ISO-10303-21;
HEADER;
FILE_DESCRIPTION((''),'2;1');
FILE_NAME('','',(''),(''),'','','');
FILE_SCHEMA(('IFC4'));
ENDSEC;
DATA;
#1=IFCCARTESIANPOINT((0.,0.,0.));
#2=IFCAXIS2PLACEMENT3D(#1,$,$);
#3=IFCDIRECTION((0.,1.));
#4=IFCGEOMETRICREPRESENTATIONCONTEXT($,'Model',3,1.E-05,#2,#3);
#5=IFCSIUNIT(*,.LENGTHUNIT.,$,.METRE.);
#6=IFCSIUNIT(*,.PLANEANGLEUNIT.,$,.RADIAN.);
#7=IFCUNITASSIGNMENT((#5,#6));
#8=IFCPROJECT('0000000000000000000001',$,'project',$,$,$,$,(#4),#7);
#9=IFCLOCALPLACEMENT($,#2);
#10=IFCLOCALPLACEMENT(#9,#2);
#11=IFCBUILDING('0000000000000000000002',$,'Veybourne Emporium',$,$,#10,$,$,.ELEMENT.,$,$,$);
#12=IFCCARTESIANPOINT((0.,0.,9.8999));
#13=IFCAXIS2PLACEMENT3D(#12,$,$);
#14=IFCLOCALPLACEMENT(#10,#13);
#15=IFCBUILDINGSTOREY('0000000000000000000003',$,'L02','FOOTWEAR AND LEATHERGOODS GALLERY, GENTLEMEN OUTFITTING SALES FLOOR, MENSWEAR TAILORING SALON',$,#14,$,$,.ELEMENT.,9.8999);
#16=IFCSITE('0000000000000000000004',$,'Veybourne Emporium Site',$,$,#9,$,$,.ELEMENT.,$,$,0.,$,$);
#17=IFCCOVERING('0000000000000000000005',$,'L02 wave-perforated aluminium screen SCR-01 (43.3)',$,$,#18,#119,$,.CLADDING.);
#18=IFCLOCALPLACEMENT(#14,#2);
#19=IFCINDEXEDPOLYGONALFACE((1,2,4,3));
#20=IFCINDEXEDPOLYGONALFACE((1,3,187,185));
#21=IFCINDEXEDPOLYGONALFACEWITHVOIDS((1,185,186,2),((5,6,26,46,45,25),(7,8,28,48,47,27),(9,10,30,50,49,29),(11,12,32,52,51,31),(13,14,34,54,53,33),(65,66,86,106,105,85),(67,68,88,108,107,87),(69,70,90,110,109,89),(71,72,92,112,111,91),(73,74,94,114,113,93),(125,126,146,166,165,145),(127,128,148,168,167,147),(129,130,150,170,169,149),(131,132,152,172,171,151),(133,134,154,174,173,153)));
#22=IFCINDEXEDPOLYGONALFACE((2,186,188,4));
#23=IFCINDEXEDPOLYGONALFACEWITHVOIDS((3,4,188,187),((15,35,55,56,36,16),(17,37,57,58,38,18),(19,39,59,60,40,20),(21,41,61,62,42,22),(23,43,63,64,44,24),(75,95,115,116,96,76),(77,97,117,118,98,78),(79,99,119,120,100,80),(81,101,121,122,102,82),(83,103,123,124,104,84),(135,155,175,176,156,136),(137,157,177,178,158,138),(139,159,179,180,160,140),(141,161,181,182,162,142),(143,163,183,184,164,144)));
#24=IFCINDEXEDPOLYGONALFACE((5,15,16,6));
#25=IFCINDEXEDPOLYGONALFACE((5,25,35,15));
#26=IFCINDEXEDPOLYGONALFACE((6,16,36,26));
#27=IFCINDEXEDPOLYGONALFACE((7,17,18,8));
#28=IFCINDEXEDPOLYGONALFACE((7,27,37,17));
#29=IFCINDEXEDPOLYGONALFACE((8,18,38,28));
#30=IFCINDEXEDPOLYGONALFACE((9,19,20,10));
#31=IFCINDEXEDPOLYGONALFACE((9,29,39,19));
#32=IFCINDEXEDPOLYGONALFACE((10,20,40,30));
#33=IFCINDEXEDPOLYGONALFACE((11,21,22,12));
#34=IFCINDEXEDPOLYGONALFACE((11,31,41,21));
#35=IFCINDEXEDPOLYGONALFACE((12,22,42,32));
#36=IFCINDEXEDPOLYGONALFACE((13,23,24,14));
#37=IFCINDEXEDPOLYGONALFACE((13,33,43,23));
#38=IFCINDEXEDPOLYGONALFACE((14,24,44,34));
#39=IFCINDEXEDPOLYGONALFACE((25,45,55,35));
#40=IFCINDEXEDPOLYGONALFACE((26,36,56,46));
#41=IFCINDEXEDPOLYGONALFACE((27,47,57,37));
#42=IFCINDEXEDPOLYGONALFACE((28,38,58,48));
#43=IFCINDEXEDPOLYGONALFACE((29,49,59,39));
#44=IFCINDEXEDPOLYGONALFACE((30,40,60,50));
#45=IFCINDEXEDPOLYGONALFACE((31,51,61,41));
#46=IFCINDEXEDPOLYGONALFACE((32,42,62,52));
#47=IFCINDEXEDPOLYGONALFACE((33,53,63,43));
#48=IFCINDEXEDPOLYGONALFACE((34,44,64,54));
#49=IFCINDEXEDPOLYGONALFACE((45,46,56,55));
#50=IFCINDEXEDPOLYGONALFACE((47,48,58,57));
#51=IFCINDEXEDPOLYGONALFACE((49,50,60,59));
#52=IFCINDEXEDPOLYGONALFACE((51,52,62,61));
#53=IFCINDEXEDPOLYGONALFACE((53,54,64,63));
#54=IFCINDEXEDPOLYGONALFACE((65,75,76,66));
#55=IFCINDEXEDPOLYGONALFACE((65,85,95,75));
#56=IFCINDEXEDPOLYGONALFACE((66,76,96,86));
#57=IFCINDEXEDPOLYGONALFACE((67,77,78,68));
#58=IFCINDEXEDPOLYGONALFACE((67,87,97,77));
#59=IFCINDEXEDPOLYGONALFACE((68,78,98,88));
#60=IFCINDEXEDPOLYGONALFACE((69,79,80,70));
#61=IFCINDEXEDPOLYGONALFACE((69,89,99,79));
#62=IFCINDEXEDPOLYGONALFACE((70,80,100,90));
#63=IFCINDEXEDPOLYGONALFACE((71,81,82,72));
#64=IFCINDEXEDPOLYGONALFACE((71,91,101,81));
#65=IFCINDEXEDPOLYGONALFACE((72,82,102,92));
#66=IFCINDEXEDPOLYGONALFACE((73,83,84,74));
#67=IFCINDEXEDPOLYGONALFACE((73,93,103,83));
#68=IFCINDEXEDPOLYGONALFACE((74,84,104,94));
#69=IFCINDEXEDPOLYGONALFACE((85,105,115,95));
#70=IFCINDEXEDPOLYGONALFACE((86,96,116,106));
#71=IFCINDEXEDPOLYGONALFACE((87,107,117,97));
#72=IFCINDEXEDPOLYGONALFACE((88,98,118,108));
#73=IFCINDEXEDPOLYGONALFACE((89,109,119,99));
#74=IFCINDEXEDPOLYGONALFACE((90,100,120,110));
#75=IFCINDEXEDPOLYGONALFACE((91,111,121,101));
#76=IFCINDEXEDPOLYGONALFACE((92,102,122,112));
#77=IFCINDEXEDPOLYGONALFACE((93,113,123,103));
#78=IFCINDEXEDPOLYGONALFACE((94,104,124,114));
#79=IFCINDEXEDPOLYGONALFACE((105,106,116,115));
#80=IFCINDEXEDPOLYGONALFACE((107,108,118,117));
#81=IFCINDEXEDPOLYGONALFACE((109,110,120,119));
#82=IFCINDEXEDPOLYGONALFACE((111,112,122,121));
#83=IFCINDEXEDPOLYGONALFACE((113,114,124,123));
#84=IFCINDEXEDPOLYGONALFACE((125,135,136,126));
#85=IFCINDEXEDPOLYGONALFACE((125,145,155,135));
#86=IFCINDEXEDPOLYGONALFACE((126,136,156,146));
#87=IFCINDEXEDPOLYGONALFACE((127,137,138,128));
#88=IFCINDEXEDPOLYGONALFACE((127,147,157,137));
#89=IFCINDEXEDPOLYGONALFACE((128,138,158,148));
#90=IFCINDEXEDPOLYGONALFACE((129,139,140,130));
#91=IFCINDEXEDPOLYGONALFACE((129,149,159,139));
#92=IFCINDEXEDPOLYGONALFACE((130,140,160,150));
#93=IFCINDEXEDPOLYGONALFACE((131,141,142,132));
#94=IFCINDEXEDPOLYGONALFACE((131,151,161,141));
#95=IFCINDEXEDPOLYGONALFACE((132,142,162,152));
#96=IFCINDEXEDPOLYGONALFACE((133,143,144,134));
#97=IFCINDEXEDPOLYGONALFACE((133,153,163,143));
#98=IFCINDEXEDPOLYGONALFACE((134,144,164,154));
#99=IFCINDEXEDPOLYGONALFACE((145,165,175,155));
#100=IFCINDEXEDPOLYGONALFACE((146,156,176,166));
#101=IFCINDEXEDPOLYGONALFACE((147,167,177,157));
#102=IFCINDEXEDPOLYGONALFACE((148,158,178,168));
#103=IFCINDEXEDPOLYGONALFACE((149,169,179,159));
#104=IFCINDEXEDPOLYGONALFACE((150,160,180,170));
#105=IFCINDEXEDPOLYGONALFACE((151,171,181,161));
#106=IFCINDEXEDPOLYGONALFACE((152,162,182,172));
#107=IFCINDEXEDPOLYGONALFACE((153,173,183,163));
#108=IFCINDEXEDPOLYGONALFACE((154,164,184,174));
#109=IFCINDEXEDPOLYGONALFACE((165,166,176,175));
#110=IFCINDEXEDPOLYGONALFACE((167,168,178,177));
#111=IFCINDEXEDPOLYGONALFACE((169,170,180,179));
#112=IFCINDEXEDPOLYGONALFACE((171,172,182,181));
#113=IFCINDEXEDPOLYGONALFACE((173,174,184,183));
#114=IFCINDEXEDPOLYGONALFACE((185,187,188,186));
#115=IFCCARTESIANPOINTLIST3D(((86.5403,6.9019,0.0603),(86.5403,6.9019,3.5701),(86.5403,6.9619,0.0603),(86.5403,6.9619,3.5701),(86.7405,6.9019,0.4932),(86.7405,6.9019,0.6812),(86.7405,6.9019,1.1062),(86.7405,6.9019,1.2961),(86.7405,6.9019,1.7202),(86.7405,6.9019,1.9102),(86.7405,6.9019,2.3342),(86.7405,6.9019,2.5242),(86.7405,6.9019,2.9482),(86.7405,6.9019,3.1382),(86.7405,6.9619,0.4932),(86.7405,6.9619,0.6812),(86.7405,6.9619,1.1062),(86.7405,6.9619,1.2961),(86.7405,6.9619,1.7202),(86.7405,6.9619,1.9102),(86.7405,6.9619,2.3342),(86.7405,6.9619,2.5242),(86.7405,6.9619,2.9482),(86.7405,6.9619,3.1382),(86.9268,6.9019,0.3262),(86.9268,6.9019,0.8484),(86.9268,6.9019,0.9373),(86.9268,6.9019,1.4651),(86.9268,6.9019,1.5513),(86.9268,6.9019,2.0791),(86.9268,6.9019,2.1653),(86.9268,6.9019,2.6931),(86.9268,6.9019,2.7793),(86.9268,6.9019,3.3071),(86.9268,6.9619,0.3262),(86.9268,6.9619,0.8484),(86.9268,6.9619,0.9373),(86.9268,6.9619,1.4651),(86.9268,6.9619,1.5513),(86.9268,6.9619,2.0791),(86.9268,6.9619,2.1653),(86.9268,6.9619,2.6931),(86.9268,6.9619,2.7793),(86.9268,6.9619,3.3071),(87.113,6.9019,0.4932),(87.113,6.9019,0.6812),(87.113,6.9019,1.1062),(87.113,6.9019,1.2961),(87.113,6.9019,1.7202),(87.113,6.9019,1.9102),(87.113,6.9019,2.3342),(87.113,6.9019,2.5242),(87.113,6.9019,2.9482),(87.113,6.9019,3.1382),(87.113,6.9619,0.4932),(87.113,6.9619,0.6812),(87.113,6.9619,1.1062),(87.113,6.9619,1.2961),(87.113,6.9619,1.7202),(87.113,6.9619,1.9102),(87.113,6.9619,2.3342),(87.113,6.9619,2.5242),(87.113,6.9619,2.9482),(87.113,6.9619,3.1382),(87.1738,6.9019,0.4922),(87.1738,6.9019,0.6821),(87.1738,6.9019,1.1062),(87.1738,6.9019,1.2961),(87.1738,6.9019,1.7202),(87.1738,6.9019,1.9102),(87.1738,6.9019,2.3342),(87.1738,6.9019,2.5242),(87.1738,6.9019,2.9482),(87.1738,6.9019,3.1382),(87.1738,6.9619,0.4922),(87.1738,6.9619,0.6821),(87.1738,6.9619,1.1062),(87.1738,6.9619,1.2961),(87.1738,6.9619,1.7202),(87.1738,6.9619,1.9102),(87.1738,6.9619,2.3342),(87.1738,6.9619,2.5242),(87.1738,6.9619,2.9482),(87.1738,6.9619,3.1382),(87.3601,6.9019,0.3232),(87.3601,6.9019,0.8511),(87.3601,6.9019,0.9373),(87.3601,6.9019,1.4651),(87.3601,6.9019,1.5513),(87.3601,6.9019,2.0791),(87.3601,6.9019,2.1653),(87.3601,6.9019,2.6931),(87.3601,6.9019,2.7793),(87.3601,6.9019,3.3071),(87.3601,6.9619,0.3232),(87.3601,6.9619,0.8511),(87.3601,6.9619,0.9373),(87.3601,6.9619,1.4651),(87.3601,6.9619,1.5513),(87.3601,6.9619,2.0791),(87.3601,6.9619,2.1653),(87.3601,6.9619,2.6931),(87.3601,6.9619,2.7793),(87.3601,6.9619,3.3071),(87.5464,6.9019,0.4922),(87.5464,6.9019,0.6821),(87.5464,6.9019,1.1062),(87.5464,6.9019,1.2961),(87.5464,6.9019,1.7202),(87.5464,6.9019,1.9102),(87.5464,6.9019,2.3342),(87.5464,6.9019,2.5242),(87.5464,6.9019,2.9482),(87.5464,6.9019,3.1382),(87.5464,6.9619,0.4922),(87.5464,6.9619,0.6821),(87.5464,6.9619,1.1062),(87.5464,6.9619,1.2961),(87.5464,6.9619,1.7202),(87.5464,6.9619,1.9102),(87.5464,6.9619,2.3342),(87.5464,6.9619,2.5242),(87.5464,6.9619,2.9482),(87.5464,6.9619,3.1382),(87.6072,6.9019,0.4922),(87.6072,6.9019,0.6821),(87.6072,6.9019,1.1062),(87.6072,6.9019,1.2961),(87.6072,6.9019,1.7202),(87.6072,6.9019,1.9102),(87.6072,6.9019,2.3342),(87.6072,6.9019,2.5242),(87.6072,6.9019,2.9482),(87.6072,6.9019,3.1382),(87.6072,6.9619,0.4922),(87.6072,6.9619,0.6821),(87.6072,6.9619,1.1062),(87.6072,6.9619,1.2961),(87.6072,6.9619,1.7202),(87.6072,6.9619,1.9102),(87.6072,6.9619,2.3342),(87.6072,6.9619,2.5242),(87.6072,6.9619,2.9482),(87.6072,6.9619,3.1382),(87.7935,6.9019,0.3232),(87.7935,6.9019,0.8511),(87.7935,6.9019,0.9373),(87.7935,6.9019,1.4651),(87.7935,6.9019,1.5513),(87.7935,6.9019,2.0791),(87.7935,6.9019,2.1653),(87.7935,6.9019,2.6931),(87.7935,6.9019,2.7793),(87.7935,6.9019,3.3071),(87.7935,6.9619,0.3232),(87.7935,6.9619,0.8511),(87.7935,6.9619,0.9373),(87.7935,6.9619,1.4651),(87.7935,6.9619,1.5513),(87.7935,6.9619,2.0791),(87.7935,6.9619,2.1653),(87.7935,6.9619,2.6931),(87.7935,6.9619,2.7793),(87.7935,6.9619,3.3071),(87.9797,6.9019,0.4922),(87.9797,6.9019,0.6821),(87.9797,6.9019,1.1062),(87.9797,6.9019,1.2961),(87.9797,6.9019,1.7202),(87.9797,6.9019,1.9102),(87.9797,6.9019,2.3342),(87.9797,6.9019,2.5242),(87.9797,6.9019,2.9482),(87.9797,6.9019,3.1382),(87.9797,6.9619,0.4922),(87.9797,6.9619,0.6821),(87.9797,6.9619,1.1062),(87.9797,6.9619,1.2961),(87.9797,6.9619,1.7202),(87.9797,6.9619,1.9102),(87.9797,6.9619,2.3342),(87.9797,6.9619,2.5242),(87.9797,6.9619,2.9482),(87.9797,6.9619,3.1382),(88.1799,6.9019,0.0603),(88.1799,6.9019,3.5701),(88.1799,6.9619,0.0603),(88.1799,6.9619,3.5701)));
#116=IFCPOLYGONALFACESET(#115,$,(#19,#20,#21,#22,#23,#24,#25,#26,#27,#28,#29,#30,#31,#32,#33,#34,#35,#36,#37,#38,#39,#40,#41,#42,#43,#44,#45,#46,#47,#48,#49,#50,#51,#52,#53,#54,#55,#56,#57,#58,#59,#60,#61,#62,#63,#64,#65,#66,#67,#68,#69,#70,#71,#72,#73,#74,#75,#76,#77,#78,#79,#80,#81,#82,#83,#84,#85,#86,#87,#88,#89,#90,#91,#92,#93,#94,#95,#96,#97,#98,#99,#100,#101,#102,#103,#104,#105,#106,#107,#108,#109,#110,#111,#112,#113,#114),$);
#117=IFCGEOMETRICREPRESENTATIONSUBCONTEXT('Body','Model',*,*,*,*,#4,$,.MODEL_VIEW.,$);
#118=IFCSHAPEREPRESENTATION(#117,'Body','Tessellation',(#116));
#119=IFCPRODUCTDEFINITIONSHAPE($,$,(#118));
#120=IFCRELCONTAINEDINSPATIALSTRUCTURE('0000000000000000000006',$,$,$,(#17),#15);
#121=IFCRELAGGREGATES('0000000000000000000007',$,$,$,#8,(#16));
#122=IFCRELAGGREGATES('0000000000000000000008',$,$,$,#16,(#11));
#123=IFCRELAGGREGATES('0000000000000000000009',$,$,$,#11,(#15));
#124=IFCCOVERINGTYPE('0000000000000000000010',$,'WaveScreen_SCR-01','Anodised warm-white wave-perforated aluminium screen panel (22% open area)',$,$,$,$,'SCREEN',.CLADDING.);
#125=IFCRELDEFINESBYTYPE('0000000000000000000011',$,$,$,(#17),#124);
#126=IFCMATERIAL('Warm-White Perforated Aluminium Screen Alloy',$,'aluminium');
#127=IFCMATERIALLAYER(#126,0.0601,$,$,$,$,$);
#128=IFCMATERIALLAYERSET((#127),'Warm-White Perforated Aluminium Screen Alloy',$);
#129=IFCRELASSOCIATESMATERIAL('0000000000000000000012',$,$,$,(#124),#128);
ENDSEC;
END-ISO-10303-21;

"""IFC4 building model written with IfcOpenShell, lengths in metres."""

from ifc_helpers import new_model, si_unit, direction, frame, origin, place, context, subcontext, project, spatial, polyline, outline, extrude, material, layer, layer_set, type_object, element, save


model = new_model("IFC4")

# Units and contexts
model_context = context("Model", 3, precision=1e-05, world=origin(), true_north=direction((0.0, 1.0)))
body_context = subcontext(model_context, "Body", "Model", "MODEL_VIEW")
ifc_project = project(units=[si_unit("LENGTHUNIT", "METRE"), si_unit("PLANEANGLEUNIT", "RADIAN")], contexts=[model_context])

# Site, building, storey
site_placement = place(None, origin())
site = spatial("IfcSite", under=ifc_project, at=site_placement, Name="Veybourne Emporium Site", CompositionType="ELEMENT", RefElevation=0.0)
building_placement = place(site_placement, origin())
building = spatial("IfcBuilding", under=site, at=building_placement, Name="Veybourne Emporium", CompositionType="ELEMENT")
storey_placement = place(building_placement, frame((0.0, 0.0, 9.8999)))
storey = spatial("IfcBuildingStorey", under=building, at=storey_placement, Name="L02", Description="FOOTWEAR AND LEATHERGOODS GALLERY, GENTLEMEN OUTFITTING SALES FLOOR, MENSWEAR TAILORING SALON", CompositionType="ELEMENT", Elevation=9.8999)

# Covering
ifc_material_1 = material(Name="Warm-White Perforated Aluminium Screen Alloy", Category="aluminium")
ifc_layer_1 = layer(ifc_material_1, 0.0601)
ifc_layer_set_1 = layer_set([ifc_layer_1], Name="Warm-White Perforated Aluminium Screen Alloy")
covering_type_1 = type_object("IfcCoveringType", Name="WaveScreen_SCR-01", Description="Anodised warm-white wave-perforated aluminium screen panel (22% open area)", ElementType="SCREEN", PredefinedType="CLADDING", material=ifc_layer_set_1)
covering_1_placement = place(storey_placement, frame((87.3601, 6.9019, 1.8152), z_axis=(0.0, 1.0, 0.0), x_axis=(-1.0, 0.0, 0.0)))
element("IfcCovering", 1, at=covering_1_placement, inside=storey, type_object=covering_type_1, Name="L02 wave-perforated aluminium screen SCR-01 (43.3)", PredefinedType="CLADDING", context=body_context, shape_type="SweptSolid", body=[
    extrude(outline(polyline([(-0.8198, -1.7549), (0.8198, -1.7549), (0.8198, 1.7549), (-0.8198, 1.7549), (-0.8198, -1.7549)]), holes=[polyline([(-0.4333, -0.9641), (-0.2471, -1.1331), (-0.2471, -1.323), (-0.4333, -1.4919), (-0.6196, -1.323), (-0.6196, -1.1331), (-0.4333, -0.9641)]), polyline([(-0.4333, -0.3501), (-0.2471, -0.519), (-0.2471, -0.709), (-0.4333, -0.8779), (-0.6196, -0.709), (-0.6196, -0.519), (-0.4333, -0.3501)]), polyline([(-0.4333, 0.2639), (-0.2471, 0.095), (-0.2471, -0.095), (-0.4333, -0.2639), (-0.6196, -0.095), (-0.6196, 0.095), (-0.4333, 0.2639)]), polyline([(-0.4333, 0.8779), (-0.2471, 0.709), (-0.2471, 0.519), (-0.4333, 0.3501), (-0.6196, 0.519), (-0.6196, 0.709), (-0.4333, 0.8779)]), polyline([(-0.4333, 1.4919), (-0.2471, 1.323), (-0.2471, 1.1331), (-0.4333, 0.9641), (-0.6196, 1.1331), (-0.6196, 1.323), (-0.4333, 1.4919)]), polyline([(0.0, -0.9641), (0.1863, -1.1331), (0.1863, -1.323), (0.0, -1.4919), (-0.1863, -1.323), (-0.1863, -1.1331), (0.0, -0.9641)]), polyline([(0.0, -0.3501), (0.1863, -0.519), (0.1863, -0.709), (0.0, -0.8779), (-0.1863, -0.709), (-0.1863, -0.519), (0.0, -0.3501)]), polyline([(0.0, 0.2639), (0.1863, 0.095), (0.1863, -0.095), (0.0, -0.2639), (-0.1863, -0.095), (-0.1863, 0.095), (0.0, 0.2639)]), polyline([(0.0, 0.8779), (0.1863, 0.709), (0.1863, 0.519), (0.0, 0.3501), (-0.1863, 0.519), (-0.1863, 0.709), (0.0, 0.8779)]), polyline([(0.0, 1.4919), (0.1863, 1.323), (0.1863, 1.1331), (0.0, 0.9641), (-0.1863, 1.1331), (-0.1863, 1.323), (0.0, 1.4919)]), polyline([(0.4333, -0.9668), (0.6196, -1.134), (0.6196, -1.322), (0.4333, -1.489), (0.2471, -1.322), (0.2471, -1.134), (0.4333, -0.9668)]), polyline([(0.4333, -0.3501), (0.6196, -0.519), (0.6196, -0.709), (0.4333, -0.8779), (0.2471, -0.709), (0.2471, -0.519), (0.4333, -0.3501)]), polyline([(0.4333, 0.2639), (0.6196, 0.095), (0.6196, -0.095), (0.4333, -0.2639), (0.2471, -0.095), (0.2471, 0.095), (0.4333, 0.2639)]), polyline([(0.4333, 0.8779), (0.6196, 0.709), (0.6196, 0.519), (0.4333, 0.3501), (0.2471, 0.519), (0.2471, 0.709), (0.4333, 0.8779)]), polyline([(0.4333, 1.4919), (0.6196, 1.323), (0.6196, 1.1331), (0.4333, 0.9641), (0.2471, 1.1331), (0.2471, 1.323), (0.4333, 1.4919)])]), origin(), (0.0, 0.0, 1.0), 0.0601),
])

save(model, "model.ifc")
